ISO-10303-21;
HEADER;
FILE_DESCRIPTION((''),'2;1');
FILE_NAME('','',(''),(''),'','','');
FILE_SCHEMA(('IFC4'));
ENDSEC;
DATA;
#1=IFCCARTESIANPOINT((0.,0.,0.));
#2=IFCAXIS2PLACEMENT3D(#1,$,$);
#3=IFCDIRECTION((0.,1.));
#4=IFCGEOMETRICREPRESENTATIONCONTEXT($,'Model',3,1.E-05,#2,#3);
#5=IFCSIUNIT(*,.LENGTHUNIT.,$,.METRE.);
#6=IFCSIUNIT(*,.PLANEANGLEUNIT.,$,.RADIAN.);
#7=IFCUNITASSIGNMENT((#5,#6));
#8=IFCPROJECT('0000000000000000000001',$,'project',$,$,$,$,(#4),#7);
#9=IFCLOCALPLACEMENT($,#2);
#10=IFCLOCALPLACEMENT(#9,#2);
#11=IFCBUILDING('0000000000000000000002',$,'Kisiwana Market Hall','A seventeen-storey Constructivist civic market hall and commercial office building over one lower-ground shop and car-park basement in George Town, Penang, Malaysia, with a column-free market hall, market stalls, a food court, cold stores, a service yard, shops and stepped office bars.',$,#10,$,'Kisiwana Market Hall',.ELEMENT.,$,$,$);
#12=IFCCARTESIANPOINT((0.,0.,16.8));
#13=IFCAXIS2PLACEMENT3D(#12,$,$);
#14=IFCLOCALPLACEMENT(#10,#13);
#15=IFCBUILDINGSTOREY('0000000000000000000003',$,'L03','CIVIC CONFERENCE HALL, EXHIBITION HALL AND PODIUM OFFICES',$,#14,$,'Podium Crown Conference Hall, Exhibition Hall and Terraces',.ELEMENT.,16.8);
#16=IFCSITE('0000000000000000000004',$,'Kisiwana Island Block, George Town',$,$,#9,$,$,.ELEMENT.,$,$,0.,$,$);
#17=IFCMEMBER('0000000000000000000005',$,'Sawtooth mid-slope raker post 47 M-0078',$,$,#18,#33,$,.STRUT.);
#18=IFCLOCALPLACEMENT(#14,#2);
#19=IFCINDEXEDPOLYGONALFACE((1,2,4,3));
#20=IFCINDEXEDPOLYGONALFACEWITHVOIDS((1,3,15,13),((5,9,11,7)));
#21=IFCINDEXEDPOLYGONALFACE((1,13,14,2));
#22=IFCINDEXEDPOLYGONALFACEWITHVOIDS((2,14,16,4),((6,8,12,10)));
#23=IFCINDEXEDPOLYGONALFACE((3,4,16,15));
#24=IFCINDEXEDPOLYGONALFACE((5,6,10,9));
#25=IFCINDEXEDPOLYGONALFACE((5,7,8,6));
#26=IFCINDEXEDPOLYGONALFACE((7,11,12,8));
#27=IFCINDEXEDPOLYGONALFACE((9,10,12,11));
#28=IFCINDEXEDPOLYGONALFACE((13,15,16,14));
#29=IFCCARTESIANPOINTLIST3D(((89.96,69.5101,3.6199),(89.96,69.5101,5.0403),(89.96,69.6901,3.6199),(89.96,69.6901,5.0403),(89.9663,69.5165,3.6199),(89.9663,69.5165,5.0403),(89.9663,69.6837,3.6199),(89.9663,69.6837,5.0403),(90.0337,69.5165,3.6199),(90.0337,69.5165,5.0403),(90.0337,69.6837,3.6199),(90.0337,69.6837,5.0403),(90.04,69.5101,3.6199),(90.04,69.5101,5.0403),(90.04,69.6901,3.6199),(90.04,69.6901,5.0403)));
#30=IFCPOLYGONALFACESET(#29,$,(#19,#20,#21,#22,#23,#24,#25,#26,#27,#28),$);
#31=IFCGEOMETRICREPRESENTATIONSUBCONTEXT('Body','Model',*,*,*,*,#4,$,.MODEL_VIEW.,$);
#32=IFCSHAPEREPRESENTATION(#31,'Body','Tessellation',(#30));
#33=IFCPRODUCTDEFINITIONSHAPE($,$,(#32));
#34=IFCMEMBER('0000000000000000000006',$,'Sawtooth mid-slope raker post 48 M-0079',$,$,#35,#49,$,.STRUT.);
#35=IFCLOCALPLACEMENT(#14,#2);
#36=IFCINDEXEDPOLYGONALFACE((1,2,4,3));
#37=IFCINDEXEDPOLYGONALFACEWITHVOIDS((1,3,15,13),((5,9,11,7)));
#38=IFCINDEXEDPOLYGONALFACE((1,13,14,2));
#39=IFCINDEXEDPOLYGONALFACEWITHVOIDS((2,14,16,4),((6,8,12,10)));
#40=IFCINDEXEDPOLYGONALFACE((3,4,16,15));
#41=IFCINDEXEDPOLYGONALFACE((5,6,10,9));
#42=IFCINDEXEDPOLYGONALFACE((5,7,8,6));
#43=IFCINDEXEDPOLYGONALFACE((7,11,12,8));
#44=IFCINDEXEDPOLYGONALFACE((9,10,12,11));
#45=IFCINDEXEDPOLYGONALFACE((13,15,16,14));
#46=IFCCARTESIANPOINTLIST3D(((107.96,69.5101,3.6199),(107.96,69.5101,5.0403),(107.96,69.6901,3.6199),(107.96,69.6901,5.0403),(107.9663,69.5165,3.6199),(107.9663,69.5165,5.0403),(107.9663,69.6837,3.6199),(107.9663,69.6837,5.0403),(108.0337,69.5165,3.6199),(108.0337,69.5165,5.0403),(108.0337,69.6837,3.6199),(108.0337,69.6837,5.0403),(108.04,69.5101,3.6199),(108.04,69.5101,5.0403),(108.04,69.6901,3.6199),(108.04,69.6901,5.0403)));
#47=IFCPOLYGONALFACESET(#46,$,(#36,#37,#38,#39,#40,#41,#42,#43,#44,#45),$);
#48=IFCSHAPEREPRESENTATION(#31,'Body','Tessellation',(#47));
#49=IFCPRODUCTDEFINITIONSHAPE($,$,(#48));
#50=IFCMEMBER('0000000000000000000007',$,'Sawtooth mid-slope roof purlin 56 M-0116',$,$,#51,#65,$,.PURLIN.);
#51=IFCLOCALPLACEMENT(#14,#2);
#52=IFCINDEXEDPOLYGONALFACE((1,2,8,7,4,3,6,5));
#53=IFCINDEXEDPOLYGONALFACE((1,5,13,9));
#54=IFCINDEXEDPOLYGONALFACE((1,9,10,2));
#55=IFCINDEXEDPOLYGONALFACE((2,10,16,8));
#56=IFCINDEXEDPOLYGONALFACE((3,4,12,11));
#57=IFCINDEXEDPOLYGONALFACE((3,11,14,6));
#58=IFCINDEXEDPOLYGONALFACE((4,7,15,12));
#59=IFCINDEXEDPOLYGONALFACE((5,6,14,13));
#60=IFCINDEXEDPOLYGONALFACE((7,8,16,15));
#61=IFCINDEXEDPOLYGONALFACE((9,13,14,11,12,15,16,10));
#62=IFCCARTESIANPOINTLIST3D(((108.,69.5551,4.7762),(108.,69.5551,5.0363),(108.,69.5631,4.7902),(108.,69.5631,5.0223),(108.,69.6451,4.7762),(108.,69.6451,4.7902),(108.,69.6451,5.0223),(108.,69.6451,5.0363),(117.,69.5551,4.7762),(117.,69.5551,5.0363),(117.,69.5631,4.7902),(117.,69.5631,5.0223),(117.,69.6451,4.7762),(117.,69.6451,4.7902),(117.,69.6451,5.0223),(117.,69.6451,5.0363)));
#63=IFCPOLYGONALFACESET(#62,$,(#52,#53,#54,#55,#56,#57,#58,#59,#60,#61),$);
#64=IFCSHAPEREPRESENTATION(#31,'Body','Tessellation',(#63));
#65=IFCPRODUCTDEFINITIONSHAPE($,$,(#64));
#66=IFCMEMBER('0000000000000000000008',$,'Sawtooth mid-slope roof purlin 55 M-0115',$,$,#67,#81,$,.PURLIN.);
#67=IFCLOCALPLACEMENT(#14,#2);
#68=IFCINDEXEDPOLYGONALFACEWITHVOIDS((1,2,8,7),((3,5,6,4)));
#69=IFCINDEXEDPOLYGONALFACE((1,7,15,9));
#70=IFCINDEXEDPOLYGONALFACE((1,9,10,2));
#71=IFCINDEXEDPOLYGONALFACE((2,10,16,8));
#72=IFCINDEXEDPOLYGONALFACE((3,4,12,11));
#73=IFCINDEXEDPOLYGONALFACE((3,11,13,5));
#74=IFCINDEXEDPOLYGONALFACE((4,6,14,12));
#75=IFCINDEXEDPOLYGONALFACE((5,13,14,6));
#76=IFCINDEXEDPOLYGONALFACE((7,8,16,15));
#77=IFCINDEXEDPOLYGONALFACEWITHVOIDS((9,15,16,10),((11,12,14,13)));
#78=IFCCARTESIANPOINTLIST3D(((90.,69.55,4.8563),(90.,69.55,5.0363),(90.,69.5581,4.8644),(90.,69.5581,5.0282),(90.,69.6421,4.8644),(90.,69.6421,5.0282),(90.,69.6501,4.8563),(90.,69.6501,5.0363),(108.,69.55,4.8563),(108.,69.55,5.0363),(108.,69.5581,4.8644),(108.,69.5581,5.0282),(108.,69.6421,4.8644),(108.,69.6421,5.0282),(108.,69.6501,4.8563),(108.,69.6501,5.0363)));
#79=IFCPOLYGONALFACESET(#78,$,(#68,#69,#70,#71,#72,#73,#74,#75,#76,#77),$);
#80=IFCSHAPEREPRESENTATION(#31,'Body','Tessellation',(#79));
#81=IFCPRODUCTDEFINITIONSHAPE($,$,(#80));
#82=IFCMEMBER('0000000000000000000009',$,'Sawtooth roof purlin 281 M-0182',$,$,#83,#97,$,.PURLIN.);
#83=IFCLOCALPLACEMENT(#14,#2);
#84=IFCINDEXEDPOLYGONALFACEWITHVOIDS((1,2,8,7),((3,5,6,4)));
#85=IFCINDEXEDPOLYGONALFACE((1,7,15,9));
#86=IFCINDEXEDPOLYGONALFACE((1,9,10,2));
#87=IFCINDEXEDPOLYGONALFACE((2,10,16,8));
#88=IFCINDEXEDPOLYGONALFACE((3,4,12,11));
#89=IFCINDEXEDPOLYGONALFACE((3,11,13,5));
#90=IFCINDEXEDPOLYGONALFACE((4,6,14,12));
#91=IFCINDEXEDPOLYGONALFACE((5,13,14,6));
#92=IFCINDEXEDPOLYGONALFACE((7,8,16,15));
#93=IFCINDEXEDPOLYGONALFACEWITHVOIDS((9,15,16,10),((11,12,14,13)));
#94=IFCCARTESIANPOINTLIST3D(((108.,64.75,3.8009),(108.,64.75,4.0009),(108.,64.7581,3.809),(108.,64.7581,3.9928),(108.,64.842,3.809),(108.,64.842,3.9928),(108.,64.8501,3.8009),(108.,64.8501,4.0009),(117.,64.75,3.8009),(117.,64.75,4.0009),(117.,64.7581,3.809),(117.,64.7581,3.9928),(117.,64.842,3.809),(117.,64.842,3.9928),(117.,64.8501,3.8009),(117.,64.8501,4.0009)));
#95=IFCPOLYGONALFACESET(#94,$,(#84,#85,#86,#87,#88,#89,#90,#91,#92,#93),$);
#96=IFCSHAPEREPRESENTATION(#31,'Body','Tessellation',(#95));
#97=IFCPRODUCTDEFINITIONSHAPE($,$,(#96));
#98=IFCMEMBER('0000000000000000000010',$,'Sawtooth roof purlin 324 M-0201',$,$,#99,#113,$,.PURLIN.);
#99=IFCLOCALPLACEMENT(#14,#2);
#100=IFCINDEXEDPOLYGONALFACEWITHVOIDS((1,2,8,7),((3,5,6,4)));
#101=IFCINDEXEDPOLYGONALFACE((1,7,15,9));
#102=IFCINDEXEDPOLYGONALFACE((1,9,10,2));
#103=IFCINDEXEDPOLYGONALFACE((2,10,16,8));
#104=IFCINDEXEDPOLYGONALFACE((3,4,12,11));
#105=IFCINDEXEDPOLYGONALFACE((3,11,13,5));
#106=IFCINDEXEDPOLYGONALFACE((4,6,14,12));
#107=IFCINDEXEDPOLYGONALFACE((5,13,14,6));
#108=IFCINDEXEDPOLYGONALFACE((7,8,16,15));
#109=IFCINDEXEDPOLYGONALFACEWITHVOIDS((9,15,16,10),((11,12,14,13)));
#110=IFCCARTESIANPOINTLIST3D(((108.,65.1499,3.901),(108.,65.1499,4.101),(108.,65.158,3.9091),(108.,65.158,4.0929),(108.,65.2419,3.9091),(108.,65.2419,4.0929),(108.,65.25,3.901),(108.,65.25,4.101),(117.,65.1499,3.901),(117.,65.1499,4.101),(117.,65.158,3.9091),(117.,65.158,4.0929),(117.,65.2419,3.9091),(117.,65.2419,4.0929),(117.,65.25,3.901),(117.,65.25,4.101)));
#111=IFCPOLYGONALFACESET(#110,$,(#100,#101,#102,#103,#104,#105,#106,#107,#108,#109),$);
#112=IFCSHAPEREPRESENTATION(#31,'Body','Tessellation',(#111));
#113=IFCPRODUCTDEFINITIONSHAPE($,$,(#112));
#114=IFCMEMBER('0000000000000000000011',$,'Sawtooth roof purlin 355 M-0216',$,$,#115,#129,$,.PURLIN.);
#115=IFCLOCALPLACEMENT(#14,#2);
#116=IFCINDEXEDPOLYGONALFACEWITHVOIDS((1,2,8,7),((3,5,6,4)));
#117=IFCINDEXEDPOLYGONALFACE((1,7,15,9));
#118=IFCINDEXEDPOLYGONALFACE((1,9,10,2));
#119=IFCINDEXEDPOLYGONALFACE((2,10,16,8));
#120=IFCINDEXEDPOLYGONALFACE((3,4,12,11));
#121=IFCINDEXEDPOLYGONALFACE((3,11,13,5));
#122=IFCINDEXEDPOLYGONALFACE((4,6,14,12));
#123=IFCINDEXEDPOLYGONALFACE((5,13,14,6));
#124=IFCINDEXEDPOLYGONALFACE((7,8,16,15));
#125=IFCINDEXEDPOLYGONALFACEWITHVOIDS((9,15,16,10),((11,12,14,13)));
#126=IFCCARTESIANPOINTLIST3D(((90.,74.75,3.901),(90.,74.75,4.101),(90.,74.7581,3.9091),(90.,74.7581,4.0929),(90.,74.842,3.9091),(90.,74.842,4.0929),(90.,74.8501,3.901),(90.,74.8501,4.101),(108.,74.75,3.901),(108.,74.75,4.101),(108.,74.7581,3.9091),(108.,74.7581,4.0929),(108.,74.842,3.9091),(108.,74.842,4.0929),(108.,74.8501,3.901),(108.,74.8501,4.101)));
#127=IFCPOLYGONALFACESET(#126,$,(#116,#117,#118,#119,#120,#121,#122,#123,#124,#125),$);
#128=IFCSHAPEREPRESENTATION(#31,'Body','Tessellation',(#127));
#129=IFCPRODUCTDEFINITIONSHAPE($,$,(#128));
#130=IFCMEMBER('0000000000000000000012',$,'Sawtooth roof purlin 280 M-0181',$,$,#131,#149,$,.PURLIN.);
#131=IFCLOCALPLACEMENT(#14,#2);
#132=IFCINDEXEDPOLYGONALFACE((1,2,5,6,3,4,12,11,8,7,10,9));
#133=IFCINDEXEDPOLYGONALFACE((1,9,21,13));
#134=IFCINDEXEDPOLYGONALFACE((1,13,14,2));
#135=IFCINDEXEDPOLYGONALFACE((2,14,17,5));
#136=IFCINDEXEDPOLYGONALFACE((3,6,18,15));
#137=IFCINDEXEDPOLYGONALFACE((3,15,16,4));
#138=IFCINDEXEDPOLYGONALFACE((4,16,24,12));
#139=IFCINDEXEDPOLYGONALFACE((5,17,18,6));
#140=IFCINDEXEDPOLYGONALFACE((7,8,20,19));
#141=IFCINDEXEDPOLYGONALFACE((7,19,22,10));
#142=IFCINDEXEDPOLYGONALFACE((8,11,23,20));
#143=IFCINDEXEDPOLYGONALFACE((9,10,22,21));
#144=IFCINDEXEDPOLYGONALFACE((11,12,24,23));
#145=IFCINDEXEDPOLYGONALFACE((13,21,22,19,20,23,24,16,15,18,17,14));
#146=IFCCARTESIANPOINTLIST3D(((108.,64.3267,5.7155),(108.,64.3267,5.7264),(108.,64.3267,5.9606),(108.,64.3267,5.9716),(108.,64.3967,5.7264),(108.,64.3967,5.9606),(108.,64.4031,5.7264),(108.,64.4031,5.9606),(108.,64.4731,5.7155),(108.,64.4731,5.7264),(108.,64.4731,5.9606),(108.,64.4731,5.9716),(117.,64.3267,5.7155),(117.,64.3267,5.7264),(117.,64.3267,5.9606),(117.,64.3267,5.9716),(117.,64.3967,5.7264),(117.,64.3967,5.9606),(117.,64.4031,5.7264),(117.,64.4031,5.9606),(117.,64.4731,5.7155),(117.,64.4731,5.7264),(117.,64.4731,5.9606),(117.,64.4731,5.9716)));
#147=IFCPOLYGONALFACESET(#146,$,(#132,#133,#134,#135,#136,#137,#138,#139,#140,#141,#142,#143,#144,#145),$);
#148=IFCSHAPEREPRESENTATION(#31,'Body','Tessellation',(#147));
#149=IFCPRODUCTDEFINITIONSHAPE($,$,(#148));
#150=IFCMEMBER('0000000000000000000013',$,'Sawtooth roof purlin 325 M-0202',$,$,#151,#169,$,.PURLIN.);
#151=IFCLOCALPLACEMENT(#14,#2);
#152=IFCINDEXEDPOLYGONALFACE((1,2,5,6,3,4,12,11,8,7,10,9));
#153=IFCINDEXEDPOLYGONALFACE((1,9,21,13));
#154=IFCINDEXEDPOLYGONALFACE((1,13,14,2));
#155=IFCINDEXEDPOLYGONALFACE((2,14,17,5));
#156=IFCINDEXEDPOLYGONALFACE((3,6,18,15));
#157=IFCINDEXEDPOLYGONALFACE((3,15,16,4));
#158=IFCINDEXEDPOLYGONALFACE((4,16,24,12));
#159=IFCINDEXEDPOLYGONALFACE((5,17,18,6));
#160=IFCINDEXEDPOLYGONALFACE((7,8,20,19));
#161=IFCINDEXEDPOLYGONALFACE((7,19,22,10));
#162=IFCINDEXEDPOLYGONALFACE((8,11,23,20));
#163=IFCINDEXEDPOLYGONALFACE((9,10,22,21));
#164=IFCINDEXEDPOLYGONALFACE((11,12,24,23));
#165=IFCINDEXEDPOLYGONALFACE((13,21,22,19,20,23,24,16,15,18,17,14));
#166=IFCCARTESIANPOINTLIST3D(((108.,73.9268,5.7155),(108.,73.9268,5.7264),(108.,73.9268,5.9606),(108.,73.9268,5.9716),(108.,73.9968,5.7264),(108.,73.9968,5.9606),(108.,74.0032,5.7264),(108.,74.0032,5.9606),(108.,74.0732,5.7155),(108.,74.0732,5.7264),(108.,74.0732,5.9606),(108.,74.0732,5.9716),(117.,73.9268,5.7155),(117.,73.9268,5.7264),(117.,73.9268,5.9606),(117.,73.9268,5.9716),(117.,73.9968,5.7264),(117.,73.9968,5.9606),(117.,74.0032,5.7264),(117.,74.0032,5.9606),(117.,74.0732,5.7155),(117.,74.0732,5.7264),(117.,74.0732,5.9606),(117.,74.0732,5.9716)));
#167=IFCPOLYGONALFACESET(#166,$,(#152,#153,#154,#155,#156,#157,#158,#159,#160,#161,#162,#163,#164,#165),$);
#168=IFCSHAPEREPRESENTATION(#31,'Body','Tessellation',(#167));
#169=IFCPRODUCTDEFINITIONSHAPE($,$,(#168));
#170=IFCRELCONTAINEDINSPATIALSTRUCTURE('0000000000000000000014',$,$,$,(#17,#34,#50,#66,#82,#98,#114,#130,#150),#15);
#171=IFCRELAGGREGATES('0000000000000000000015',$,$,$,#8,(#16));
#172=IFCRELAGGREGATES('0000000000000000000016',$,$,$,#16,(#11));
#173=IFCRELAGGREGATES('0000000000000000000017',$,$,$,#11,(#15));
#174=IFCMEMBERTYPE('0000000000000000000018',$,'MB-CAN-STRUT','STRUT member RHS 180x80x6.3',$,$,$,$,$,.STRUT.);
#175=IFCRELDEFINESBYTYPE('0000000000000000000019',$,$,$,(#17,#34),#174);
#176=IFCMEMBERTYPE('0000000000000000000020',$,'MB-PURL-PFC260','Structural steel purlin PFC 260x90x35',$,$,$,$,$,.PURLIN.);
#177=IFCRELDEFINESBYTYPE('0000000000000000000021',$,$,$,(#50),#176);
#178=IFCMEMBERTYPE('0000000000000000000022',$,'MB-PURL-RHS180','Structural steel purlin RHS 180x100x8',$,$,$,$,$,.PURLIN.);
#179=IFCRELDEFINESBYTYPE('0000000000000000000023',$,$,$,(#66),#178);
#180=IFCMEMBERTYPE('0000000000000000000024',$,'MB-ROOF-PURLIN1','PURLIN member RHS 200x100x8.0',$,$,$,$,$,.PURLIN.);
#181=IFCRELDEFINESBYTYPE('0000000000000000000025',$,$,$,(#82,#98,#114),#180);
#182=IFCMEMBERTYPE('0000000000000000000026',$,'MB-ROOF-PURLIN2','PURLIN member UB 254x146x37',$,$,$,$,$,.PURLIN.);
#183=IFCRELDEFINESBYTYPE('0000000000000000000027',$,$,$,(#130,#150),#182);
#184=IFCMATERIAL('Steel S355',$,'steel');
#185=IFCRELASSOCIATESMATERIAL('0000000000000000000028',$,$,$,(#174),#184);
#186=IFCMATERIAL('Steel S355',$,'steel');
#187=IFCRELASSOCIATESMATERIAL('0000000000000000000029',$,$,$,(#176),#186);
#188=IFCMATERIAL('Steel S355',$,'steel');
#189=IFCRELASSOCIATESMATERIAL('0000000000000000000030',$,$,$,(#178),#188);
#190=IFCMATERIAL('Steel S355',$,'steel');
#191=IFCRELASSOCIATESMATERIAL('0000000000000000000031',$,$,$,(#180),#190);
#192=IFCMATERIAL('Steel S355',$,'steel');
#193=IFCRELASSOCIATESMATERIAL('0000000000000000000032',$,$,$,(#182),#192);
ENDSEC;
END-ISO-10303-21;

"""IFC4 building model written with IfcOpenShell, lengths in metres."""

from ifc_helpers import new_model, si_unit, direction, frame, origin, origin_2d, place, context, subcontext, project, spatial, hollow_rectangle, i_section, u_section, extrude, material, material_profile, profile_set, type_object, element, save


model = new_model("IFC4")

# Units and contexts
model_context = context("Model", 3, precision=1e-05, world=origin(), true_north=direction((0.0, 1.0)))
body_context = subcontext(model_context, "Body", "Model", "MODEL_VIEW")
ifc_project = project(units=[si_unit("LENGTHUNIT", "METRE"), si_unit("PLANEANGLEUNIT", "RADIAN")], contexts=[model_context])

# Site, building, storey
site_placement = place(None, origin())
site = spatial("IfcSite", under=ifc_project, at=site_placement, Name="Kisiwana Island Block, George Town", CompositionType="ELEMENT", RefElevation=0.0)
building_placement = place(site_placement, origin())
building = spatial("IfcBuilding", under=site, at=building_placement, Name="Kisiwana Market Hall", Description="A seventeen-storey Constructivist civic market hall and commercial office building over one lower-ground shop and car-park basement in George Town, Penang, Malaysia, with a column-free market hall, market stalls, a food court, cold stores, a service yard, shops and stepped office bars.", LongName="Kisiwana Market Hall", CompositionType="ELEMENT")
storey_placement = place(building_placement, frame((0.0, 0.0, 16.8)))
storey = spatial("IfcBuildingStorey", under=building, at=storey_placement, Name="L03", Description="CIVIC CONFERENCE HALL, EXHIBITION HALL AND PODIUM OFFICES", LongName="Podium Crown Conference Hall, Exhibition Hall and Terraces", CompositionType="ELEMENT", Elevation=16.8)

# Members
ifc_material_1 = material(Name="Steel S355", Category="steel")
ifc_material_profile_1 = material_profile(ifc_material_1, hollow_rectangle(XDim=0.0801, YDim=0.1799, WallThickness=0.0063, at=origin_2d()), Name="RHS 180x80x6.3")
ifc_profile_set_1 = profile_set([ifc_material_profile_1], Name="Steel S355")
member_type_1 = type_object("IfcMemberType", Name="MB-CAN-STRUT", Description="STRUT member RHS 180x80x6.3", PredefinedType="STRUT", material=ifc_profile_set_1)
for number, where, z_axis, x_axis, name in (
    (1, (90.0, 69.6001, 3.6199), (0.0, 0.0, 1.0), (1.0, 0.0, 0.0), "Sawtooth mid-slope raker post 47 M-0078"),
    (2, (108.0, 69.6001, 3.6199), (0.0, 0.0, 1.0), (1.0, 0.0, 0.0), "Sawtooth mid-slope raker post 48 M-0079"),
):
    element("IfcMember", number, at=place(storey_placement, frame(where, z_axis=z_axis, x_axis=x_axis)), inside=storey, type_object=member_type_1, Name=name, PredefinedType="STRUT", context=body_context, shape_type="SweptSolid", body=[
        extrude(hollow_rectangle(XDim=0.0801, YDim=0.1799, WallThickness=0.0063, at=origin_2d()), origin(), (0.0, 0.0, 1.0), 1.4204),
    ])
ifc_material_2 = material(Name="Steel S355", Category="steel")
ifc_material_profile_2 = material_profile(ifc_material_2, u_section(Depth=0.26, FlangeWidth=0.0901, WebThickness=0.0081, FlangeThickness=0.0139, at=origin_2d()), Name="PFC 260x90x35")
ifc_profile_set_2 = profile_set([ifc_material_profile_2], Name="Steel S355")
member_type_2 = type_object("IfcMemberType", Name="MB-PURL-PFC260", Description="Structural steel purlin PFC 260x90x35", PredefinedType="PURLIN", material=ifc_profile_set_2)
member_1_placement = place(storey_placement, frame((108.0, 69.6001, 4.9062), z_axis=(1.0, 0.0, 0.0), x_axis=(0.0, 1.0, 0.0)))
element("IfcMember", 3, at=member_1_placement, inside=storey, type_object=member_type_2, Name="Sawtooth mid-slope roof purlin 56 M-0116", PredefinedType="PURLIN", context=body_context, shape_type="SweptSolid", body=[
    extrude(u_section(Depth=0.26, FlangeWidth=0.0901, WebThickness=0.0081, FlangeThickness=0.0139, at=origin_2d()), origin(), (0.0, 0.0, 1.0), 9.0),
])
ifc_material_3 = material(Name="Steel S355", Category="steel")
ifc_material_profile_3 = material_profile(ifc_material_3, hollow_rectangle(XDim=0.1001, YDim=0.1799, WallThickness=0.0081, at=origin_2d()), Name="RHS 180x100x8")
ifc_profile_set_3 = profile_set([ifc_material_profile_3], Name="Steel S355")
member_type_3 = type_object("IfcMemberType", Name="MB-PURL-RHS180", Description="Structural steel purlin RHS 180x100x8", PredefinedType="PURLIN", material=ifc_profile_set_3)
member_2_placement = place(storey_placement, frame((90.0, 69.6001, 4.9463), z_axis=(1.0, 0.0, 0.0), x_axis=(0.0, 1.0, 0.0)))
element("IfcMember", 4, at=member_2_placement, inside=storey, type_object=member_type_3, Name="Sawtooth mid-slope roof purlin 55 M-0115", PredefinedType="PURLIN", context=body_context, shape_type="SweptSolid", body=[
    extrude(hollow_rectangle(XDim=0.1001, YDim=0.1799, WallThickness=0.0081, at=origin_2d()), origin(), (0.0, 0.0, 1.0), 18.0),
])
ifc_material_4 = material(Name="Steel S355", Category="steel")
ifc_material_profile_4 = material_profile(ifc_material_4, hollow_rectangle(XDim=0.1001, YDim=0.2, WallThickness=0.0081, at=origin_2d()), Name="RHS 200x100x8.0")
ifc_profile_set_4 = profile_set([ifc_material_profile_4], Name="Steel S355")
member_type_4 = type_object("IfcMemberType", Name="MB-ROOF-PURLIN1", Description="PURLIN member RHS 200x100x8.0", PredefinedType="PURLIN", material=ifc_profile_set_4)
for number, where, z_axis, x_axis, name in (
    (5, (108.0, 64.8, 3.9009), (1.0, 0.0, 0.0), (0.0, 1.0, 0.0), "Sawtooth roof purlin 281 M-0182"),
    (6, (108.0, 65.2, 4.001), (1.0, 0.0, 0.0), (0.0, 1.0, 0.0), "Sawtooth roof purlin 324 M-0201"),
):
    element("IfcMember", number, at=place(storey_placement, frame(where, z_axis=z_axis, x_axis=x_axis)), inside=storey, type_object=member_type_4, Name=name, PredefinedType="PURLIN", context=body_context, shape_type="SweptSolid", body=[
        extrude(hollow_rectangle(XDim=0.1001, YDim=0.2, WallThickness=0.0081, at=origin_2d()), origin(), (0.0, 0.0, 1.0), 9.0),
    ])
member_3_placement = place(storey_placement, frame((90.0, 74.8, 4.001), z_axis=(1.0, 0.0, 0.0), x_axis=(0.0, 1.0, 0.0)))
element("IfcMember", 7, at=member_3_placement, inside=storey, type_object=member_type_4, Name="Sawtooth roof purlin 355 M-0216", PredefinedType="PURLIN", context=body_context, shape_type="SweptSolid", body=[
    extrude(hollow_rectangle(XDim=0.1001, YDim=0.2, WallThickness=0.0081, at=origin_2d()), origin(), (0.0, 0.0, 1.0), 18.0),
])
ifc_material_5 = material(Name="Steel S355", Category="steel")
ifc_material_profile_5 = material_profile(ifc_material_5, i_section(OverallWidth=0.1465, OverallDepth=0.2561, WebThickness=0.0063, FlangeThickness=0.011, at=origin_2d()), Name="UB 254x146x37")
ifc_profile_set_5 = profile_set([ifc_material_profile_5], Name="Steel S355")
member_type_5 = type_object("IfcMemberType", Name="MB-ROOF-PURLIN2", Description="PURLIN member UB 254x146x37", PredefinedType="PURLIN", material=ifc_profile_set_5)
for number, where, z_axis, x_axis, name in (
    (8, (108.0, 64.3999, 5.8435), (1.0, 0.0, 0.0), (0.0, 1.0, 0.0), "Sawtooth roof purlin 280 M-0181"),
    (9, (108.0, 74.0, 5.8435), (1.0, 0.0, 0.0), (0.0, 1.0, 0.0), "Sawtooth roof purlin 325 M-0202"),
):
    element("IfcMember", number, at=place(storey_placement, frame(where, z_axis=z_axis, x_axis=x_axis)), inside=storey, type_object=member_type_5, Name=name, PredefinedType="PURLIN", context=body_context, shape_type="SweptSolid", body=[
        extrude(i_section(OverallWidth=0.1465, OverallDepth=0.2561, WebThickness=0.0063, FlangeThickness=0.011, at=origin_2d()), origin(), (0.0, 0.0, 1.0), 9.0),
    ])

save(model, "model.ifc")
